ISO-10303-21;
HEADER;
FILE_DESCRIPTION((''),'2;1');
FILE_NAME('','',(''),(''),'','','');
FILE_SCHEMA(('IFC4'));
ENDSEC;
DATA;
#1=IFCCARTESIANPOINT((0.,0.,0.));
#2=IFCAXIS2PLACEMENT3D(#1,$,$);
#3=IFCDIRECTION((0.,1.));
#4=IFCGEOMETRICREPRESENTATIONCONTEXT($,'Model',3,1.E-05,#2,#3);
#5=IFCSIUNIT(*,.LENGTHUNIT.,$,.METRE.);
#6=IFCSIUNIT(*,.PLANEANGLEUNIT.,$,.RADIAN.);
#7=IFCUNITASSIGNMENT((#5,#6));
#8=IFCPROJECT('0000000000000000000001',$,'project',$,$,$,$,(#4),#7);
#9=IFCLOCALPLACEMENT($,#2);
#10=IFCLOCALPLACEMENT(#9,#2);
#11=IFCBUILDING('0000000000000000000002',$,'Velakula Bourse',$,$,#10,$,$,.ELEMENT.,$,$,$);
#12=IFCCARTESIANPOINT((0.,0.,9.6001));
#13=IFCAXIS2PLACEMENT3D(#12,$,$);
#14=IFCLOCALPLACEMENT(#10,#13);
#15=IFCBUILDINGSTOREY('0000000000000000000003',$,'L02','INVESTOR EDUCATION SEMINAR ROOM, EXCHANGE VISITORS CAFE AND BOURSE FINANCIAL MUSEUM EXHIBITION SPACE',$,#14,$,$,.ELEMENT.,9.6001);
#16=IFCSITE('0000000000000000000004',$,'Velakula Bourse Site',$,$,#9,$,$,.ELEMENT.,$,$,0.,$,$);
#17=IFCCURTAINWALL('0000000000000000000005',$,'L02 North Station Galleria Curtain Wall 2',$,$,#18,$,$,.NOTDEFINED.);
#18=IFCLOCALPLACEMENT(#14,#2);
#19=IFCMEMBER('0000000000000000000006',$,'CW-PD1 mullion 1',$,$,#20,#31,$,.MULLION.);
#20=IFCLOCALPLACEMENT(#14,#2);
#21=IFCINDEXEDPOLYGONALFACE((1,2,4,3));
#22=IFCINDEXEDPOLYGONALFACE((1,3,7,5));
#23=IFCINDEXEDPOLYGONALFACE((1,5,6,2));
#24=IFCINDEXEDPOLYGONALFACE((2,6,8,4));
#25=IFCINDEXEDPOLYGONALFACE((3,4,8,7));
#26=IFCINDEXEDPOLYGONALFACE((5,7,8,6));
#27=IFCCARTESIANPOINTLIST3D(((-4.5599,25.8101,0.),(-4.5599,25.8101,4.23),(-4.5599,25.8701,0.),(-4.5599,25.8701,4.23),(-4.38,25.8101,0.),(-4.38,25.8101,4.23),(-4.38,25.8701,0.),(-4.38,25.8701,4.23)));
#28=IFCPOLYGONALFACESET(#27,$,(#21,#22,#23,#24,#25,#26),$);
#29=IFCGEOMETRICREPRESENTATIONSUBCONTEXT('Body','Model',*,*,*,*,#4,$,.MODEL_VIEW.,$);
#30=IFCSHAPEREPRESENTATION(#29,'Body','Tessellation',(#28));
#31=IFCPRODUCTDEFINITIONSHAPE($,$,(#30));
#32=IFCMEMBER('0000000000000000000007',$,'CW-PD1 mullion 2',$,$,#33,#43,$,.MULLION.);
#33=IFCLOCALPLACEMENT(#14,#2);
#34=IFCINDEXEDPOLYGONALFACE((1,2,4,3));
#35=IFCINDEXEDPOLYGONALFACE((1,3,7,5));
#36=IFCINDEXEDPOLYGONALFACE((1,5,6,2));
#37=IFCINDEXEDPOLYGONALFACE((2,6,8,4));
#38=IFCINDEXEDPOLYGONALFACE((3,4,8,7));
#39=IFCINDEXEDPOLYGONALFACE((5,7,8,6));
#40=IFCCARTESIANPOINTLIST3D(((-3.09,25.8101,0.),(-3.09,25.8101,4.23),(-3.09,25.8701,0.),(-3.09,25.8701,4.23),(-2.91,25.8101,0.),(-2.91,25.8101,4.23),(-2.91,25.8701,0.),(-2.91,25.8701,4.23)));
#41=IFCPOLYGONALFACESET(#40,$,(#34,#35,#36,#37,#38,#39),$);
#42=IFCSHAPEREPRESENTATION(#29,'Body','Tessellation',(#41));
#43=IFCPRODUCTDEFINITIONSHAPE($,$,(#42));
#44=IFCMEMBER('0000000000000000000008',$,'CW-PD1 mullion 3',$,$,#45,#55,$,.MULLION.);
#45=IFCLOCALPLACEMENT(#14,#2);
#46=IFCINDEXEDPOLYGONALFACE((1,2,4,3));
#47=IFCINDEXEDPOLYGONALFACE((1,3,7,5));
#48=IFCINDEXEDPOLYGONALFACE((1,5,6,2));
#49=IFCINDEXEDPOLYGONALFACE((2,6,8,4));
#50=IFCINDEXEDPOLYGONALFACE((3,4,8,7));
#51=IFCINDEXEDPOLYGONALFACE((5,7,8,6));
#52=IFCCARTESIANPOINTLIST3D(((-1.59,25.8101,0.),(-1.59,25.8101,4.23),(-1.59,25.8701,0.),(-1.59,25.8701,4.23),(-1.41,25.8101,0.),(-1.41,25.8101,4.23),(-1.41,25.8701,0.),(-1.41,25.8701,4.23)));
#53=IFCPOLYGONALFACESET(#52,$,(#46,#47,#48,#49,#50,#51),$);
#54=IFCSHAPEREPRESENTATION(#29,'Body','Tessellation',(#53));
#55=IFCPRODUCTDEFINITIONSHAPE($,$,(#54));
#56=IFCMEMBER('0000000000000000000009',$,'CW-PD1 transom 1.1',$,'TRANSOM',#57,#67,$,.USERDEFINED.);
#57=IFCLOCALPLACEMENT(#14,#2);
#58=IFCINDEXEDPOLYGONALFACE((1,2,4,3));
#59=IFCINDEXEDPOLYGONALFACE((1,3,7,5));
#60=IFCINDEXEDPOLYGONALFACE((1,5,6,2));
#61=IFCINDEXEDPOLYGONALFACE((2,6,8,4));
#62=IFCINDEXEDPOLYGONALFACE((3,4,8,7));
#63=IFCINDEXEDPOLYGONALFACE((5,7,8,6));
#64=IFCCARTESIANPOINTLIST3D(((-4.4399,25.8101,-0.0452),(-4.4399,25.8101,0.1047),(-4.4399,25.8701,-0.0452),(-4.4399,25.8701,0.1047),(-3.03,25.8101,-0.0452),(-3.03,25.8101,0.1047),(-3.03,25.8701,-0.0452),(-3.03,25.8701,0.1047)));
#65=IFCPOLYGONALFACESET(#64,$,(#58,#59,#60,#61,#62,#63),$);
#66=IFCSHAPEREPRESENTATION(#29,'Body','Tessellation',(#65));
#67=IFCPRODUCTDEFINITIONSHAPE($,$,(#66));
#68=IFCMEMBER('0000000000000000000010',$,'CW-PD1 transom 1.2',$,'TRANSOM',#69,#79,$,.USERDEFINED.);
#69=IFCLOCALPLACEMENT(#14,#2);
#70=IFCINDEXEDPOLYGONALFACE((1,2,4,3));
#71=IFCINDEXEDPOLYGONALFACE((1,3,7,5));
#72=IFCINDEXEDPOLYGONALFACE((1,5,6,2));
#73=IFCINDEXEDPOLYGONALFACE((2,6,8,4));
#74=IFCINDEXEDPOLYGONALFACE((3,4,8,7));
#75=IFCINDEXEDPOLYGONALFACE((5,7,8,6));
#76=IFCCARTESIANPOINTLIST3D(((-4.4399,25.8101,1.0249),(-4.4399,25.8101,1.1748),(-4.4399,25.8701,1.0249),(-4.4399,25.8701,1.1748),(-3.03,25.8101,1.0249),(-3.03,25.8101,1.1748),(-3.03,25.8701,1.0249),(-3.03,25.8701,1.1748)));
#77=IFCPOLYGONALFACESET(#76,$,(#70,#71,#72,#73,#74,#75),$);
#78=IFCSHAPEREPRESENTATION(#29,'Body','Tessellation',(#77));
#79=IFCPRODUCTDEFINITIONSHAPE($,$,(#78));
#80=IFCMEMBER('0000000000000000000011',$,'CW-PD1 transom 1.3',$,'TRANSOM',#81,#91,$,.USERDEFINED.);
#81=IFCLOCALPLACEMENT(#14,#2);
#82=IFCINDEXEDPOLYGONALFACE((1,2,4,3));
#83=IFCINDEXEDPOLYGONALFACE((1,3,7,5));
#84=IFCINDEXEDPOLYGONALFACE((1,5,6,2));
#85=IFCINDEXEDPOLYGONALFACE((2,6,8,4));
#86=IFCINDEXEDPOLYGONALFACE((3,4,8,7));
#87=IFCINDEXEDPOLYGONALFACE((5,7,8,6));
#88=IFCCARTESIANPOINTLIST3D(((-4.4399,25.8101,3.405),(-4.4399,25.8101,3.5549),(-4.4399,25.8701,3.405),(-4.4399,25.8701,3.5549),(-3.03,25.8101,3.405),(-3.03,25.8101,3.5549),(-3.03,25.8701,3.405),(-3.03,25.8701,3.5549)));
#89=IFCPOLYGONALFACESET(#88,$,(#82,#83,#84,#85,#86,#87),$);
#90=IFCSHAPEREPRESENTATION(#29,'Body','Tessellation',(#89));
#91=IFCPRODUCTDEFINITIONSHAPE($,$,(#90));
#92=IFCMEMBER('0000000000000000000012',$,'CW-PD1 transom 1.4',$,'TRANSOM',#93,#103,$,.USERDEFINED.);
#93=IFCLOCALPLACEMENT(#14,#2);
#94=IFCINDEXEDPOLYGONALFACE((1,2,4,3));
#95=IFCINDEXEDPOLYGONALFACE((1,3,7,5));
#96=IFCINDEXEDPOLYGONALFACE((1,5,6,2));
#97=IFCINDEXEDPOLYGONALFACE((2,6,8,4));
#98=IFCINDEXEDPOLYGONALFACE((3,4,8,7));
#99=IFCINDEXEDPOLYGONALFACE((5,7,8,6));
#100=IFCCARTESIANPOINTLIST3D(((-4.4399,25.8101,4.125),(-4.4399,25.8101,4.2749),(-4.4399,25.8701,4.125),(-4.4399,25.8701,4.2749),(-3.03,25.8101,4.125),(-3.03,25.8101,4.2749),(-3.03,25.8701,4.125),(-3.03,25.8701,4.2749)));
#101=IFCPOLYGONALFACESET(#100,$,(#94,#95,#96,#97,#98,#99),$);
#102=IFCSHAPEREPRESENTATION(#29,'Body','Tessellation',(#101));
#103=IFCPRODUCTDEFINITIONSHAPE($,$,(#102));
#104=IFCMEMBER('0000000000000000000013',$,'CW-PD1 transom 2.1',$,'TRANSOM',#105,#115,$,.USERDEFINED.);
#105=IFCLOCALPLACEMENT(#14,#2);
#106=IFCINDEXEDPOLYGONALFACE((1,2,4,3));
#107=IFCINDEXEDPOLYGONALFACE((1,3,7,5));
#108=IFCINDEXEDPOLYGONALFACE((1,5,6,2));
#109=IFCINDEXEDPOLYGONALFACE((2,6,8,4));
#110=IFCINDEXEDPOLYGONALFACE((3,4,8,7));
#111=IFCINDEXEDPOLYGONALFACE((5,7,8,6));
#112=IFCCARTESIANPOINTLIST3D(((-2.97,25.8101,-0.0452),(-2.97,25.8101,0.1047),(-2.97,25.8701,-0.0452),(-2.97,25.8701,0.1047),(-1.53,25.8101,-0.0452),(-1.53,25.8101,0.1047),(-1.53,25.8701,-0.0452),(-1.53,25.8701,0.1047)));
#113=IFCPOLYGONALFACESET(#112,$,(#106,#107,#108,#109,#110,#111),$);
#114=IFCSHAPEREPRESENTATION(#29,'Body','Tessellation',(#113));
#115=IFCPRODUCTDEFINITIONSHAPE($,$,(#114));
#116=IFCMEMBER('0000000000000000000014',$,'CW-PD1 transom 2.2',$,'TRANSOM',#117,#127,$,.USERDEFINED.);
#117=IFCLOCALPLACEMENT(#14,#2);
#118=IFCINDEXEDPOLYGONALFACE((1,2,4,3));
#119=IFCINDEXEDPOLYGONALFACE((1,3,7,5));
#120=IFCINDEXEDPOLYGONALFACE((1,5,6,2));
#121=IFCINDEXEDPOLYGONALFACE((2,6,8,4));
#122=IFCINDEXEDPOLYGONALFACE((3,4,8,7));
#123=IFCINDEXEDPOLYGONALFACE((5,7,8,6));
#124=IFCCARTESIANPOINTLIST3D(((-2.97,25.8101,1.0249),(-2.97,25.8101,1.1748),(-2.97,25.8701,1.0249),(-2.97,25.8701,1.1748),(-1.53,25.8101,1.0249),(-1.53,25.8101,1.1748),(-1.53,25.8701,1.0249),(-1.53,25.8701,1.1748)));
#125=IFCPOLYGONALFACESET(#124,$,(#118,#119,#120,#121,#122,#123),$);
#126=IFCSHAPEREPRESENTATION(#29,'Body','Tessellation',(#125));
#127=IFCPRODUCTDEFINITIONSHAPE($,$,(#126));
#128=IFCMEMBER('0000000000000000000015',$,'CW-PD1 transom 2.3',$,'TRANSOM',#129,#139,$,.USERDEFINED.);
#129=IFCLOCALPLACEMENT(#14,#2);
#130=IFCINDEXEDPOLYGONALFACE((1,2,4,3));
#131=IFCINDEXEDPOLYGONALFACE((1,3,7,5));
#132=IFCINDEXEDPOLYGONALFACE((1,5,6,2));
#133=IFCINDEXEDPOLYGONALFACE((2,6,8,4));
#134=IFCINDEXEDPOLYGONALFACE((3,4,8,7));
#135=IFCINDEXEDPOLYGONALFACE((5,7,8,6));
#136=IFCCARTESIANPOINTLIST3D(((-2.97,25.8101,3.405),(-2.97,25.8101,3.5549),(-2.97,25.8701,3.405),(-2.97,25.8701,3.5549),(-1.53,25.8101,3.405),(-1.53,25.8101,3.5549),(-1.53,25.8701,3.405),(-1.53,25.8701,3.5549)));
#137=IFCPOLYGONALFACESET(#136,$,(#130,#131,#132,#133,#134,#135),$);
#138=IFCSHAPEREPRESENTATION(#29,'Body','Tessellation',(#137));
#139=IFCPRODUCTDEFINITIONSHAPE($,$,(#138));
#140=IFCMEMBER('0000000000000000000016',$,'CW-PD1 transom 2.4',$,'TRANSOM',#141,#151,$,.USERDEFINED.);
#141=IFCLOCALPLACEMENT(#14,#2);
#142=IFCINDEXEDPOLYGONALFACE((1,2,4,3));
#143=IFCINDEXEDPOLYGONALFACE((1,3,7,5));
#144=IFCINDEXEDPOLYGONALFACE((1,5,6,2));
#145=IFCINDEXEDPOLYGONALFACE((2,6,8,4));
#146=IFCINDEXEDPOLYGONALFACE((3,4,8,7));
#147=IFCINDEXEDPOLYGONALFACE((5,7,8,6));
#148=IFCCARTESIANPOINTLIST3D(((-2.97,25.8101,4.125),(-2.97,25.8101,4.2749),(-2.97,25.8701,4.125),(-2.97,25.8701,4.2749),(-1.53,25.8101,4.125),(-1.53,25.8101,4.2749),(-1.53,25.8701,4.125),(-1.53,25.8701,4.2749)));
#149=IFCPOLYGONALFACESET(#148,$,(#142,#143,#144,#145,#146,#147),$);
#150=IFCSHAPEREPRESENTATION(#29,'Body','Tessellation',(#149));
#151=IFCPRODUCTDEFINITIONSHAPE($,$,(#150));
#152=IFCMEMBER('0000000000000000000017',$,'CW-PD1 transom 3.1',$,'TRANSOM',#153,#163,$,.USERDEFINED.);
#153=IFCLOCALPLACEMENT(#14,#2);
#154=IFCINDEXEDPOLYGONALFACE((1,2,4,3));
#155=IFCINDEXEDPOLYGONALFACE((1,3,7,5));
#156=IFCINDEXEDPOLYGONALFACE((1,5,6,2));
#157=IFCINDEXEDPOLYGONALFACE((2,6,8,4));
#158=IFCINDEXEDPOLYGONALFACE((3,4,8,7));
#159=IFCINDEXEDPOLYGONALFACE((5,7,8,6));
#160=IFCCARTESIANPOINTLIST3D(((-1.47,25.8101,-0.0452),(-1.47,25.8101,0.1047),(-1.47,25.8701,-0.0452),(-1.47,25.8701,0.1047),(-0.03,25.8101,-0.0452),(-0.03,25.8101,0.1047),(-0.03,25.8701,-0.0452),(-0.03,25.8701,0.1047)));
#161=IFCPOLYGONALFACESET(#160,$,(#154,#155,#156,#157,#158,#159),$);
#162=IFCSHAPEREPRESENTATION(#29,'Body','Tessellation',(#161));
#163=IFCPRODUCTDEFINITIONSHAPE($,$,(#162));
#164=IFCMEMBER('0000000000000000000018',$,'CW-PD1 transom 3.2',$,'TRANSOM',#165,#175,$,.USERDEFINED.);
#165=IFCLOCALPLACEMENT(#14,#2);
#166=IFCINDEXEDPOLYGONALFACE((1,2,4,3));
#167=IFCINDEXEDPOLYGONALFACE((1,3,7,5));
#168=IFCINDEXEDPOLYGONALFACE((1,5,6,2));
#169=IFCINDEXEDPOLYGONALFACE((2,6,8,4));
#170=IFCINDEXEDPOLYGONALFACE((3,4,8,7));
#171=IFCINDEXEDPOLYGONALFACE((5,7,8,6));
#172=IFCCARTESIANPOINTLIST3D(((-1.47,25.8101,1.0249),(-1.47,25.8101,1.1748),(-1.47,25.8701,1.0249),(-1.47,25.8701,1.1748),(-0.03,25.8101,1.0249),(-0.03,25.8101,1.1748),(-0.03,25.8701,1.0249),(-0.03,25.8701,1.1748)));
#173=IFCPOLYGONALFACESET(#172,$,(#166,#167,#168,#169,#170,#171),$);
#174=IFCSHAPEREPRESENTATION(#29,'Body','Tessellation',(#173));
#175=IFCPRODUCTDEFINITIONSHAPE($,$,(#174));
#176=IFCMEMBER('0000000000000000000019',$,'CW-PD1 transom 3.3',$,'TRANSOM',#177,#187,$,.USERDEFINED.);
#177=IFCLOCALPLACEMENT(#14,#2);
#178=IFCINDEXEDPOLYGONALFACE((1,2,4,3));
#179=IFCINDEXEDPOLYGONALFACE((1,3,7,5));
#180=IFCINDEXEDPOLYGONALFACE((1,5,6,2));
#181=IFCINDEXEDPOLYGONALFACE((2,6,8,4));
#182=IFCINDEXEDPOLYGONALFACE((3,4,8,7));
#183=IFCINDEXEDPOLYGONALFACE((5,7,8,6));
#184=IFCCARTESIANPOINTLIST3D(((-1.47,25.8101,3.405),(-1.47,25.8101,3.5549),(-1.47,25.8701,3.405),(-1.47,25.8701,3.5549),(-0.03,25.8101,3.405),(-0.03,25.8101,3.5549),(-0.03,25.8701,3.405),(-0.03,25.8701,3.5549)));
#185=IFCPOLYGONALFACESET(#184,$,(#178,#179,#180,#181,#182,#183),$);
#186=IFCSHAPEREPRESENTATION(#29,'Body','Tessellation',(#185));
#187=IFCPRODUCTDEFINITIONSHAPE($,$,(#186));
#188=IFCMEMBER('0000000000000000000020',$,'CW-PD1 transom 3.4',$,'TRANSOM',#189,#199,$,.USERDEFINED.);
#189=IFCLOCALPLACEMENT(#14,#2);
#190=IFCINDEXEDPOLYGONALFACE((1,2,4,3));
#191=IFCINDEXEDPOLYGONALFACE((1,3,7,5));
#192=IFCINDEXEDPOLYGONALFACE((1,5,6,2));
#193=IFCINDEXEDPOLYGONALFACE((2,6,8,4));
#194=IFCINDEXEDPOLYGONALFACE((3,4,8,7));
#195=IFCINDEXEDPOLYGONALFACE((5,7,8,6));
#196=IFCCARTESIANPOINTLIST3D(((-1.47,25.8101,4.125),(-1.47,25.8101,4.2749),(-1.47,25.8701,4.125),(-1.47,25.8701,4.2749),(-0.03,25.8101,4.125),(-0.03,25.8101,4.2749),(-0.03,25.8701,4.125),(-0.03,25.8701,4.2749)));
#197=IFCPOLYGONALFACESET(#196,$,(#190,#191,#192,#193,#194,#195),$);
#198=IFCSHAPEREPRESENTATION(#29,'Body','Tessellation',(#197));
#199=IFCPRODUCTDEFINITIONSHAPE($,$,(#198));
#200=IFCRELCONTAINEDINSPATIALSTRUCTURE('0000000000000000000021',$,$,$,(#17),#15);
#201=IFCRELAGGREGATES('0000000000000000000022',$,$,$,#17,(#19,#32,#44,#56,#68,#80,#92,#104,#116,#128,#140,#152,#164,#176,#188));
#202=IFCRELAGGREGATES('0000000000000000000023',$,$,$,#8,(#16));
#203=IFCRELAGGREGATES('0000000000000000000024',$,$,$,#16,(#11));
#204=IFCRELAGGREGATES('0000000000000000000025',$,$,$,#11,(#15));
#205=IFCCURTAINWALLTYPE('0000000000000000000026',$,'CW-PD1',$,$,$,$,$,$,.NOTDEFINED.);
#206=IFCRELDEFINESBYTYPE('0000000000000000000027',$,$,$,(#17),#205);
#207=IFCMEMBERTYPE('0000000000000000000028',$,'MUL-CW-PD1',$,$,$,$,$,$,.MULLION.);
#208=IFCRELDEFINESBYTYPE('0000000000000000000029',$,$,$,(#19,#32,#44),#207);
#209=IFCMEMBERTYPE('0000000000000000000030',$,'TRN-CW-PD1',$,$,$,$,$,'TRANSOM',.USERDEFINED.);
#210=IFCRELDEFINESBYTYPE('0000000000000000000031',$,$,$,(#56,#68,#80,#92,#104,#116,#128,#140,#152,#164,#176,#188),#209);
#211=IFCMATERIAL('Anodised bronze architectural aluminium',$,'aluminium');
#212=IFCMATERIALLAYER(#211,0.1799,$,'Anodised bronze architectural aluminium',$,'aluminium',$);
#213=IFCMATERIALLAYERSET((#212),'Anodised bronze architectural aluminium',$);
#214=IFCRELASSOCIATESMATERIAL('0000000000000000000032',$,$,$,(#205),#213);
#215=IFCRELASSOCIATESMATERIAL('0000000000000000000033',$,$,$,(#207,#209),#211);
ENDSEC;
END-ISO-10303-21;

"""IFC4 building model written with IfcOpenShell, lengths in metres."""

from ifc_helpers import new_model, si_unit, direction, frame, origin, origin_2d, place, context, subcontext, project, spatial, rectangle, extrude, material, layer, layer_set, material_profile, profile_set, type_object, element, aggregate, save


model = new_model("IFC4")

# Units and contexts
model_context = context("Model", 3, precision=1e-05, world=origin(), true_north=direction((0.0, 1.0)))
body_context = subcontext(model_context, "Body", "Model", "MODEL_VIEW")
ifc_project = project(units=[si_unit("LENGTHUNIT", "METRE"), si_unit("PLANEANGLEUNIT", "RADIAN")], contexts=[model_context])

# Site, building, storey
site_placement = place(None, origin())
site = spatial("IfcSite", under=ifc_project, at=site_placement, Name="Velakula Bourse Site", CompositionType="ELEMENT", RefElevation=0.0)
building_placement = place(site_placement, origin())
building = spatial("IfcBuilding", under=site, at=building_placement, Name="Velakula Bourse", CompositionType="ELEMENT")
storey_placement = place(building_placement, frame((0.0, 0.0, 9.6001)))
storey = spatial("IfcBuildingStorey", under=building, at=storey_placement, Name="L02", Description="INVESTOR EDUCATION SEMINAR ROOM, EXCHANGE VISITORS CAFE AND BOURSE FINANCIAL MUSEUM EXHIBITION SPACE", CompositionType="ELEMENT", Elevation=9.6001)

# Curtain wall, members
ifc_material_1 = material(Name="Anodised bronze architectural aluminium", Category="aluminium")
ifc_layer_1 = layer(ifc_material_1, 0.1799, Name="Anodised bronze architectural aluminium", Category="aluminium")
ifc_layer_set_1 = layer_set([ifc_layer_1], Name="Anodised bronze architectural aluminium")
curtain_wall_type = type_object("IfcCurtainWallType", Name="CW-PD1", PredefinedType="NOTDEFINED", material=ifc_layer_set_1)
curtain_wall_placement = place(storey_placement, origin())
curtain_wall = element("IfcCurtainWall", 1, at=curtain_wall_placement, inside=storey, type_object=curtain_wall_type, Name="L02 North Station Galleria Curtain Wall 2", PredefinedType="NOTDEFINED")
ifc_material_profile_1 = material_profile(ifc_material_1, rectangle(XDim=0.0601, YDim=0.1799, at=origin_2d()), Name="Anodised bronze architectural aluminium")
ifc_profile_set_1 = profile_set([ifc_material_profile_1], Name="Anodised bronze architectural aluminium")
member_type_1 = type_object("IfcMemberType", Name="MUL-CW-PD1", PredefinedType="MULLION", material=ifc_profile_set_1)
member_1_placement = place(storey_placement, frame((-4.47, 25.8401, 0.0), z_axis=(0.0, 0.0, 1.0), x_axis=(0.0, 1.0, 0.0)))
member_1 = element("IfcMember", 2, at=member_1_placement, type_object=member_type_1, Name="CW-PD1 mullion 1", PredefinedType="MULLION", context=body_context, shape_type="SweptSolid", body=[
    extrude(rectangle(XDim=0.0601, YDim=0.1799, at=origin_2d()), origin(), (0.0, 0.0, 1.0), 4.23),
])
member_2_placement = place(storey_placement, frame((-3.0, 25.8401, 0.0), z_axis=(0.0, 0.0, 1.0), x_axis=(0.0, 1.0, 0.0)))
member_2 = element("IfcMember", 3, at=member_2_placement, type_object=member_type_1, Name="CW-PD1 mullion 2", PredefinedType="MULLION", context=body_context, shape_type="SweptSolid", body=[
    extrude(rectangle(XDim=0.0601, YDim=0.1799, at=origin_2d()), origin(), (0.0, 0.0, 1.0), 4.23),
])
member_3_placement = place(storey_placement, frame((-1.5, 25.8401, 0.0), z_axis=(0.0, 0.0, 1.0), x_axis=(0.0, 1.0, 0.0)))
member_3 = element("IfcMember", 4, at=member_3_placement, type_object=member_type_1, Name="CW-PD1 mullion 3", PredefinedType="MULLION", context=body_context, shape_type="SweptSolid", body=[
    extrude(rectangle(XDim=0.0601, YDim=0.1799, at=origin_2d()), origin(), (0.0, 0.0, 1.0), 4.23),
])
ifc_material_profile_2 = material_profile(ifc_material_1, rectangle(XDim=0.0601, YDim=0.1499, at=origin_2d()), Name="Anodised bronze architectural aluminium")
ifc_profile_set_2 = profile_set([ifc_material_profile_2], Name="Anodised bronze architectural aluminium")
member_type_2 = type_object("IfcMemberType", Name="TRN-CW-PD1", ElementType="TRANSOM", PredefinedType="USERDEFINED", material=ifc_profile_set_2)
member_4_placement = place(storey_placement, frame((-4.4399, 25.8401, 0.0298), z_axis=(1.0, 0.0, 0.0), x_axis=(0.0, 1.0, 0.0)))
member_4 = element("IfcMember", 5, at=member_4_placement, type_object=member_type_2, Name="CW-PD1 transom 1.1", ObjectType="TRANSOM", PredefinedType="USERDEFINED", context=body_context, shape_type="SweptSolid", body=[
    extrude(rectangle(XDim=0.0601, YDim=0.1499, at=origin_2d()), origin(), (0.0, 0.0, 1.0), 1.4099),
])
member_5_placement = place(storey_placement, frame((-4.4399, 25.8401, 1.0999), z_axis=(1.0, 0.0, 0.0), x_axis=(0.0, 1.0, 0.0)))
member_5 = element("IfcMember", 6, at=member_5_placement, type_object=member_type_2, Name="CW-PD1 transom 1.2", ObjectType="TRANSOM", PredefinedType="USERDEFINED", context=body_context, shape_type="SweptSolid", body=[
    extrude(rectangle(XDim=0.0601, YDim=0.1499, at=origin_2d()), origin(), (0.0, 0.0, 1.0), 1.4099),
])
member_6_placement = place(storey_placement, frame((-4.4399, 25.8401, 3.48), z_axis=(1.0, 0.0, 0.0), x_axis=(0.0, 1.0, 0.0)))
member_6 = element("IfcMember", 7, at=member_6_placement, type_object=member_type_2, Name="CW-PD1 transom 1.3", ObjectType="TRANSOM", PredefinedType="USERDEFINED", context=body_context, shape_type="SweptSolid", body=[
    extrude(rectangle(XDim=0.0601, YDim=0.1499, at=origin_2d()), origin(), (0.0, 0.0, 1.0), 1.4099),
])
member_7_placement = place(storey_placement, frame((-4.4399, 25.8401, 4.2), z_axis=(1.0, 0.0, 0.0), x_axis=(0.0, 1.0, 0.0)))
member_7 = element("IfcMember", 8, at=member_7_placement, type_object=member_type_2, Name="CW-PD1 transom 1.4", ObjectType="TRANSOM", PredefinedType="USERDEFINED", context=body_context, shape_type="SweptSolid", body=[
    extrude(rectangle(XDim=0.0601, YDim=0.1499, at=origin_2d()), origin(), (0.0, 0.0, 1.0), 1.4099),
])
member_8_placement = place(storey_placement, frame((-2.97, 25.8401, 0.0298), z_axis=(1.0, 0.0, 0.0), x_axis=(0.0, 1.0, 0.0)))
member_8 = element("IfcMember", 9, at=member_8_placement, type_object=member_type_2, Name="CW-PD1 transom 2.1", ObjectType="TRANSOM", PredefinedType="USERDEFINED", context=body_context, shape_type="SweptSolid", body=[
    extrude(rectangle(XDim=0.0601, YDim=0.1499, at=origin_2d()), origin(), (0.0, 0.0, 1.0), 1.4399),
])
member_9_placement = place(storey_placement, frame((-2.97, 25.8401, 1.0999), z_axis=(1.0, 0.0, 0.0), x_axis=(0.0, 1.0, 0.0)))
member_9 = element("IfcMember", 10, at=member_9_placement, type_object=member_type_2, Name="CW-PD1 transom 2.2", ObjectType="TRANSOM", PredefinedType="USERDEFINED", context=body_context, shape_type="SweptSolid", body=[
    extrude(rectangle(XDim=0.0601, YDim=0.1499, at=origin_2d()), origin(), (0.0, 0.0, 1.0), 1.4399),
])
member_10_placement = place(storey_placement, frame((-2.97, 25.8401, 3.48), z_axis=(1.0, 0.0, 0.0), x_axis=(0.0, 1.0, 0.0)))
member_10 = element("IfcMember", 11, at=member_10_placement, type_object=member_type_2, Name="CW-PD1 transom 2.3", ObjectType="TRANSOM", PredefinedType="USERDEFINED", context=body_context, shape_type="SweptSolid", body=[
    extrude(rectangle(XDim=0.0601, YDim=0.1499, at=origin_2d()), origin(), (0.0, 0.0, 1.0), 1.4399),
])
member_11_placement = place(storey_placement, frame((-2.97, 25.8401, 4.2), z_axis=(1.0, 0.0, 0.0), x_axis=(0.0, 1.0, 0.0)))
member_11 = element("IfcMember", 12, at=member_11_placement, type_object=member_type_2, Name="CW-PD1 transom 2.4", ObjectType="TRANSOM", PredefinedType="USERDEFINED", context=body_context, shape_type="SweptSolid", body=[
    extrude(rectangle(XDim=0.0601, YDim=0.1499, at=origin_2d()), origin(), (0.0, 0.0, 1.0), 1.4399),
])
member_12_placement = place(storey_placement, frame((-1.47, 25.8401, 0.0298), z_axis=(1.0, 0.0, 0.0), x_axis=(0.0, 1.0, 0.0)))
member_12 = element("IfcMember", 13, at=member_12_placement, type_object=member_type_2, Name="CW-PD1 transom 3.1", ObjectType="TRANSOM", PredefinedType="USERDEFINED", context=body_context, shape_type="SweptSolid", body=[
    extrude(rectangle(XDim=0.0601, YDim=0.1499, at=origin_2d()), origin(), (0.0, 0.0, 1.0), 1.4399),
])
member_13_placement = place(storey_placement, frame((-1.47, 25.8401, 1.0999), z_axis=(1.0, 0.0, 0.0), x_axis=(0.0, 1.0, 0.0)))
member_13 = element("IfcMember", 14, at=member_13_placement, type_object=member_type_2, Name="CW-PD1 transom 3.2", ObjectType="TRANSOM", PredefinedType="USERDEFINED", context=body_context, shape_type="SweptSolid", body=[
    extrude(rectangle(XDim=0.0601, YDim=0.1499, at=origin_2d()), origin(), (0.0, 0.0, 1.0), 1.4399),
])
member_14_placement = place(storey_placement, frame((-1.47, 25.8401, 3.48), z_axis=(1.0, 0.0, 0.0), x_axis=(0.0, 1.0, 0.0)))
member_14 = element("IfcMember", 15, at=member_14_placement, type_object=member_type_2, Name="CW-PD1 transom 3.3", ObjectType="TRANSOM", PredefinedType="USERDEFINED", context=body_context, shape_type="SweptSolid", body=[
    extrude(rectangle(XDim=0.0601, YDim=0.1499, at=origin_2d()), origin(), (0.0, 0.0, 1.0), 1.4399),
])
member_15_placement = place(storey_placement, frame((-1.47, 25.8401, 4.2), z_axis=(1.0, 0.0, 0.0), x_axis=(0.0, 1.0, 0.0)))
member_15 = element("IfcMember", 16, at=member_15_placement, type_object=member_type_2, Name="CW-PD1 transom 3.4", ObjectType="TRANSOM", PredefinedType="USERDEFINED", context=body_context, shape_type="SweptSolid", body=[
    extrude(rectangle(XDim=0.0601, YDim=0.1499, at=origin_2d()), origin(), (0.0, 0.0, 1.0), 1.4399),
])
aggregate(curtain_wall, [member_1, member_2, member_3, member_4, member_5, member_6, member_7, member_8, member_9, member_10, member_11, member_12, member_13, member_14, member_15])

save(model, "model.ifc")
